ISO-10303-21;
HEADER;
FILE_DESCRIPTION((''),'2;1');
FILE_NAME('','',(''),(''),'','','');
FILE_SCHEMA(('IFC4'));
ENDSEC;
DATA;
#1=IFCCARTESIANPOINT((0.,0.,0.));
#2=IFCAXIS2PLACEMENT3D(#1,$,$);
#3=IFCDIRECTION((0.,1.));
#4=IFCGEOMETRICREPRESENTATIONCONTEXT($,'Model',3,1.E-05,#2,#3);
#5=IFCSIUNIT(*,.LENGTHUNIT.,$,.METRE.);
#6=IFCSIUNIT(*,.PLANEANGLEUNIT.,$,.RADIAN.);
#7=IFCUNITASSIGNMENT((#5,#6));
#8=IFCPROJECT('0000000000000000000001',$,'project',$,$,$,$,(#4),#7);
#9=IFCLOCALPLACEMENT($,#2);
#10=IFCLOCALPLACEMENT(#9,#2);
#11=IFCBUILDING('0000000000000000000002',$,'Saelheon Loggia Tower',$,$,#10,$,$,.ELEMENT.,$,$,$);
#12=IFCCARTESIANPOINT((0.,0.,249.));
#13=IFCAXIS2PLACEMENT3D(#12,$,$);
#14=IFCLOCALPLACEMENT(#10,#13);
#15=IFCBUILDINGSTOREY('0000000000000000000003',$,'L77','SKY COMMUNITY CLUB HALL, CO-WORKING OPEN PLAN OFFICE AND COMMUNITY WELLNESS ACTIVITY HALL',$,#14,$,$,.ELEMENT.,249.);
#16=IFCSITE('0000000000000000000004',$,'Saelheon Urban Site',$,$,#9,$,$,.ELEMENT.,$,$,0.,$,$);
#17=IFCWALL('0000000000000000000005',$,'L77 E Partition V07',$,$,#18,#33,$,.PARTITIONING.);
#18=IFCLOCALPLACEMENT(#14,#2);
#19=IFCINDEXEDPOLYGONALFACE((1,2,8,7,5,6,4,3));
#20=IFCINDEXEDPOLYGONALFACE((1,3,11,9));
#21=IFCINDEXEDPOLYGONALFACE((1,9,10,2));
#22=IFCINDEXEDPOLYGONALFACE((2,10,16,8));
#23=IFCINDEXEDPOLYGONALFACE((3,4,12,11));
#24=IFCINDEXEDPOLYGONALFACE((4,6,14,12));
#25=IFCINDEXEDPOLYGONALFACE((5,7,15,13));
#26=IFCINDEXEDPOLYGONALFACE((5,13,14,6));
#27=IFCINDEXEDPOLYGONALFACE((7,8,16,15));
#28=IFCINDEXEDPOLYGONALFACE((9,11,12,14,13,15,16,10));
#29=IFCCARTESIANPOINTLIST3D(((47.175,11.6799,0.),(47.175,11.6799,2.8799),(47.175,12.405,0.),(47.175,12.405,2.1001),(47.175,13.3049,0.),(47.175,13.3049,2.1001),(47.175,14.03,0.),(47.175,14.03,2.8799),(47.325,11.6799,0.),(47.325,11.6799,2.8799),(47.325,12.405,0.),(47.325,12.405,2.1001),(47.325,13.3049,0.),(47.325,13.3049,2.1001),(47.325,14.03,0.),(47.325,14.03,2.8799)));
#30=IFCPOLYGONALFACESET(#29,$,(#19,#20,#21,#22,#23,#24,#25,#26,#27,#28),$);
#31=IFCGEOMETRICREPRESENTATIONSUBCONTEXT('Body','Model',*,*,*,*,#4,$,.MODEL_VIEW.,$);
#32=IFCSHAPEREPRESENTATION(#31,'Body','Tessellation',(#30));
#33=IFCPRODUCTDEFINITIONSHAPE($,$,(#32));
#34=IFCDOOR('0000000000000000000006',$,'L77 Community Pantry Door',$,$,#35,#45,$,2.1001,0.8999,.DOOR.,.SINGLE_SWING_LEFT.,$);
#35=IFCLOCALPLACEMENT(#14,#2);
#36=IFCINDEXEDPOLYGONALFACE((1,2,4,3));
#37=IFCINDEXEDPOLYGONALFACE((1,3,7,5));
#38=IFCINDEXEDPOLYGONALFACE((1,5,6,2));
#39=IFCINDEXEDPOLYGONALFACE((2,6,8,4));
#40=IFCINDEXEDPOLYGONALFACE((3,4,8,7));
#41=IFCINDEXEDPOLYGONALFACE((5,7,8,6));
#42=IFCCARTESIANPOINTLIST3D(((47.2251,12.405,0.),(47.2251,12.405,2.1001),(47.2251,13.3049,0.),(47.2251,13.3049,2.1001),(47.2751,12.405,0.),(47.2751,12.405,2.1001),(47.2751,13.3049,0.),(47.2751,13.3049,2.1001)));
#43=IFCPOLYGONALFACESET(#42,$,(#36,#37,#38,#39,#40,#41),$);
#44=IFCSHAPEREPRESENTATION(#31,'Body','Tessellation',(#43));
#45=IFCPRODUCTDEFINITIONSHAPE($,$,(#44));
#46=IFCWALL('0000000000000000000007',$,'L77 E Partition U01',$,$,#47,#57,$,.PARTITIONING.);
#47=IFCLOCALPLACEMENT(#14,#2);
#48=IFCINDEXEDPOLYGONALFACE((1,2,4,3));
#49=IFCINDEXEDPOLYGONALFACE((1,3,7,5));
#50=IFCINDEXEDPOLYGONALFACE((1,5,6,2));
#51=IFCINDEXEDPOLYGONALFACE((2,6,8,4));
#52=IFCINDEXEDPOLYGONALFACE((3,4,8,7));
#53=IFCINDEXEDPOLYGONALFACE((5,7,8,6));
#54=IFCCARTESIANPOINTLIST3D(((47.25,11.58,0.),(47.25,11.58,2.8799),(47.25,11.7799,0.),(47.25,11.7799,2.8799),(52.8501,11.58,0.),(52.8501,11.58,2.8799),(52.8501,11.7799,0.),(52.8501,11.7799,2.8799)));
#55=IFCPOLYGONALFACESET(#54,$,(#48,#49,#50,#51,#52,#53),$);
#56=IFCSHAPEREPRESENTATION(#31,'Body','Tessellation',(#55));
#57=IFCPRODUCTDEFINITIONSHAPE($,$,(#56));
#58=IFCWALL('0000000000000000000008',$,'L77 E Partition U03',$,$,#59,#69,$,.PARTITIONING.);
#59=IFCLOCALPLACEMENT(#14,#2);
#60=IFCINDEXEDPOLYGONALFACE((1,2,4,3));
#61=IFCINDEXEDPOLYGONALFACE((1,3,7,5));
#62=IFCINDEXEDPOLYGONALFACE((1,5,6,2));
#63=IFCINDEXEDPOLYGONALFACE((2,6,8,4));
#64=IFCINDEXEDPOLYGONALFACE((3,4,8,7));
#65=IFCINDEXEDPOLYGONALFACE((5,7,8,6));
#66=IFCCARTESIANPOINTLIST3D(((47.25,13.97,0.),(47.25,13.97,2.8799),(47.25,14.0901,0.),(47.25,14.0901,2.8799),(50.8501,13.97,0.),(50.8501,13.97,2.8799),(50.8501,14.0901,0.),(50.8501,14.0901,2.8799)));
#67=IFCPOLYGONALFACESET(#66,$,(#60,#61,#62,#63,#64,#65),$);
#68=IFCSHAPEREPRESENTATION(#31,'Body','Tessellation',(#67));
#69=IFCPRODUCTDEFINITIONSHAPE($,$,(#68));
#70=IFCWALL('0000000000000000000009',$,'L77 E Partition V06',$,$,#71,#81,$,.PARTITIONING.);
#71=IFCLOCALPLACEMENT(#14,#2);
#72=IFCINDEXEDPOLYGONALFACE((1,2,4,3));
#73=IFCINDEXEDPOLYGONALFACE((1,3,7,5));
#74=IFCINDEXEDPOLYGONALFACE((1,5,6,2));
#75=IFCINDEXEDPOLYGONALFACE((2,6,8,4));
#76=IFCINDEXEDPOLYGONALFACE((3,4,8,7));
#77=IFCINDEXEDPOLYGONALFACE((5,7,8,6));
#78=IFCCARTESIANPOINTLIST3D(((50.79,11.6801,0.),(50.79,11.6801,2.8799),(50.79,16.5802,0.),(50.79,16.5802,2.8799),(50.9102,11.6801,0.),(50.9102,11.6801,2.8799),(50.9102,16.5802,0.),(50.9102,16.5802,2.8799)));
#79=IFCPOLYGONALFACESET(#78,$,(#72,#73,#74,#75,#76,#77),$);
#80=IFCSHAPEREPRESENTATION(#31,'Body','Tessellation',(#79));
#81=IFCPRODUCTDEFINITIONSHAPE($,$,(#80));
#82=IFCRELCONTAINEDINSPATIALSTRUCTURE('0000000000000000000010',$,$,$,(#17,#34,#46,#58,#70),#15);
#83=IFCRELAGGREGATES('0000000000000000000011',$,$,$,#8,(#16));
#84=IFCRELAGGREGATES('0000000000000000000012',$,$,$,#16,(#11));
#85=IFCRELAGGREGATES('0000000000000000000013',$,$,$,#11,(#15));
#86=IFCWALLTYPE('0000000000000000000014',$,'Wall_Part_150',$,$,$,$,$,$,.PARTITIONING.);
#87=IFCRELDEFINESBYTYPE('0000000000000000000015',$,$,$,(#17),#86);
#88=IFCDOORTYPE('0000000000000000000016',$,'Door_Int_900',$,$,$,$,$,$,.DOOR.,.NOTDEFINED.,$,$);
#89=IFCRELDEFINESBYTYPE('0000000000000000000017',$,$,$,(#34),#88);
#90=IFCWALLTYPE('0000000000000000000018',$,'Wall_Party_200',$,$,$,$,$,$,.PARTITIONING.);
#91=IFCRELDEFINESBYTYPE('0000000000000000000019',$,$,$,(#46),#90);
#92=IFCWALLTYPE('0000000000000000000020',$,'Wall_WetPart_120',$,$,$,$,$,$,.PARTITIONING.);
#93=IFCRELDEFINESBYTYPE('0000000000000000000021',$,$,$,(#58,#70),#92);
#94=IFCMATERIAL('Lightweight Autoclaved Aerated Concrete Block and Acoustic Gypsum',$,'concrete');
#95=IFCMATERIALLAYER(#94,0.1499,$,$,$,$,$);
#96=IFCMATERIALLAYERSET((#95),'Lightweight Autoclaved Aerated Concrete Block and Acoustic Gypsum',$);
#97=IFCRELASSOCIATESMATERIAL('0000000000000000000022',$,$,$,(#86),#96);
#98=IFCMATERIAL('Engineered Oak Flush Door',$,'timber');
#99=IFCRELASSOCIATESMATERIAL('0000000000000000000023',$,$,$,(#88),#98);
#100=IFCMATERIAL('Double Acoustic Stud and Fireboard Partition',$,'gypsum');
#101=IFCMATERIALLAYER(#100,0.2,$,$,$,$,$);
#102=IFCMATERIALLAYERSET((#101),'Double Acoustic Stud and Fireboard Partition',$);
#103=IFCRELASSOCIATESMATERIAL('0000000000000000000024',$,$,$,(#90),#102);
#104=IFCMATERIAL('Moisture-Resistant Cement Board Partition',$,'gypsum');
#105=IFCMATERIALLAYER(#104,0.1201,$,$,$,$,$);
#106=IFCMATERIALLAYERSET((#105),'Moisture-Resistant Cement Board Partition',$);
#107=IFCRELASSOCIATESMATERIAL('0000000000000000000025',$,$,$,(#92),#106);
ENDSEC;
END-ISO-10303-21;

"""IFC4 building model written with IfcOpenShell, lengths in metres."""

from ifc_helpers import new_model, si_unit, direction, frame, frame_2d, origin, place, context, subcontext, project, spatial, rectangle, extrude, source, transform, mapped, material, layer, layer_set, type_object, element, fill, save


model = new_model("IFC4")

# Units and contexts
model_context = context("Model", 3, precision=1e-05, world=origin(), true_north=direction((0.0, 1.0)))
body_context = subcontext(model_context, "Body", "Model", "MODEL_VIEW")
ifc_project = project(units=[si_unit("LENGTHUNIT", "METRE"), si_unit("PLANEANGLEUNIT", "RADIAN")], contexts=[model_context])

# Site, building, storey
site_placement = place(None, origin())
site = spatial("IfcSite", under=ifc_project, at=site_placement, Name="Saelheon Urban Site", CompositionType="ELEMENT", RefElevation=0.0)
building_placement = place(site_placement, origin())
building = spatial("IfcBuilding", under=site, at=building_placement, Name="Saelheon Loggia Tower", CompositionType="ELEMENT")
storey_placement = place(building_placement, frame((0.0, 0.0, 249.0)))
storey = spatial("IfcBuildingStorey", under=building, at=storey_placement, Name="L77", Description="SKY COMMUNITY CLUB HALL, CO-WORKING OPEN PLAN OFFICE AND COMMUNITY WELLNESS ACTIVITY HALL", CompositionType="ELEMENT", Elevation=249.0)

# Wall, opening, door
ifc_material_1 = material(Name="Lightweight Autoclaved Aerated Concrete Block and Acoustic Gypsum", Category="concrete")
ifc_layer_1 = layer(ifc_material_1, 0.1499)
ifc_layer_set_1 = layer_set([ifc_layer_1], Name="Lightweight Autoclaved Aerated Concrete Block and Acoustic Gypsum")
wall_type_1 = type_object("IfcWallType", Name="Wall_Part_150", PredefinedType="PARTITIONING", material=ifc_layer_set_1)
wall_1_placement = place(storey_placement, frame((47.25, 11.6799, 0.0), z_axis=(0.0, 0.0, 1.0), x_axis=(0.0, 1.0, 0.0)))
wall_1 = element("IfcWall", 1, at=wall_1_placement, inside=storey, type_object=wall_type_1, Name="L77 E Partition V07", PredefinedType="PARTITIONING", context=body_context, shape_type="SweptSolid", body=[
    extrude(rectangle(XDim=2.3501, YDim=0.1499, at=frame_2d((1.175, 0.0))), origin(), (0.0, 0.0, 1.0), 2.8799),
])
opening_1_placement = place(wall_1_placement, frame((0.7251, 0.0, 0.0)))
opening_1 = element("IfcOpeningElement", 2, at=opening_1_placement, cuts=wall_1, PredefinedType="OPENING", context=body_context, shape_type="SweptSolid", body=[
    extrude(rectangle(XDim=0.8999, YDim=2.1001, at=frame_2d((0.45, 1.05))), frame((0.0, 0.0869, 0.0), z_axis=(0.0, -1.0, 0.0), x_axis=(1.0, 0.0, 0.0)), (0.0, 0.0, 1.0), 0.1738),
])
ifc_material_2 = material(Name="Engineered Oak Flush Door", Category="timber")
door_type_1 = type_object("IfcDoorType", Name="Door_Int_900", OperationType="NOTDEFINED", PredefinedType="DOOR", material=ifc_material_2)
shared_shape_1 = source(origin(), body_context, "Body", "SweptSolid", [
    extrude(rectangle(XDim=0.8999, YDim=2.1001, at=frame_2d((0.45, 1.05))), frame((0.0, 0.0249, 0.0), z_axis=(0.0, -1.0, 0.0), x_axis=(1.0, 0.0, 0.0)), (0.0, 0.0, 1.0), 0.05),
])
door_1_placement = place(opening_1_placement, origin())
door_1 = element("IfcDoor", 3, at=door_1_placement, inside=storey, type_object=door_type_1, Name="L77 Community Pantry Door", OperationType="SINGLE_SWING_LEFT", OverallHeight=2.1001, OverallWidth=0.8999, PredefinedType="DOOR", context=body_context, shape_type="MappedRepresentation", body=[
    mapped(shared_shape_1, transform((0.0, 0.0, 0.0), scale=1.0)),
])
fill(opening_1, door_1)

# Walls
ifc_material_3 = material(Name="Double Acoustic Stud and Fireboard Partition", Category="gypsum")
ifc_layer_2 = layer(ifc_material_3, 0.2)
ifc_layer_set_2 = layer_set([ifc_layer_2], Name="Double Acoustic Stud and Fireboard Partition")
wall_type_2 = type_object("IfcWallType", Name="Wall_Party_200", PredefinedType="PARTITIONING", material=ifc_layer_set_2)
wall_2_placement = place(storey_placement, frame((47.25, 11.6799, 0.0), z_axis=(0.0, 0.0, 1.0), x_axis=(1.0, 0.0, 0.0)))
element("IfcWall", 4, at=wall_2_placement, inside=storey, type_object=wall_type_2, Name="L77 E Partition U01", PredefinedType="PARTITIONING", context=body_context, shape_type="SweptSolid", body=[
    extrude(rectangle(XDim=5.6001, YDim=0.2, at=frame_2d((2.8, 0.0))), origin(), (0.0, 0.0, 1.0), 2.8799),
])
ifc_material_4 = material(Name="Moisture-Resistant Cement Board Partition", Category="gypsum")
ifc_layer_3 = layer(ifc_material_4, 0.1201)
ifc_layer_set_3 = layer_set([ifc_layer_3], Name="Moisture-Resistant Cement Board Partition")
wall_type_3 = type_object("IfcWallType", Name="Wall_WetPart_120", PredefinedType="PARTITIONING", material=ifc_layer_set_3)
wall_3_placement = place(storey_placement, frame((47.25, 14.03, 0.0), z_axis=(0.0, 0.0, 1.0), x_axis=(1.0, 0.0, 0.0)))
element("IfcWall", 5, at=wall_3_placement, inside=storey, type_object=wall_type_3, Name="L77 E Partition U03", PredefinedType="PARTITIONING", context=body_context, shape_type="SweptSolid", body=[
    extrude(rectangle(XDim=3.6001, YDim=0.1201, at=frame_2d((1.8, 0.0))), origin(), (0.0, 0.0, 1.0), 2.8799),
])
wall_4_placement = place(storey_placement, frame((50.8501, 11.6799, 0.0), z_axis=(0.0, 0.0, 1.0), x_axis=(0.0, 1.0, 0.0)))
element("IfcWall", 6, at=wall_4_placement, inside=storey, type_object=wall_type_3, Name="L77 E Partition V06", PredefinedType="PARTITIONING", context=body_context, shape_type="SweptSolid", body=[
    extrude(rectangle(XDim=4.9001, YDim=0.1201, at=frame_2d((2.4502, 0.0))), origin(), (0.0, 0.0, 1.0), 2.8799),
])

save(model, "model.ifc")
